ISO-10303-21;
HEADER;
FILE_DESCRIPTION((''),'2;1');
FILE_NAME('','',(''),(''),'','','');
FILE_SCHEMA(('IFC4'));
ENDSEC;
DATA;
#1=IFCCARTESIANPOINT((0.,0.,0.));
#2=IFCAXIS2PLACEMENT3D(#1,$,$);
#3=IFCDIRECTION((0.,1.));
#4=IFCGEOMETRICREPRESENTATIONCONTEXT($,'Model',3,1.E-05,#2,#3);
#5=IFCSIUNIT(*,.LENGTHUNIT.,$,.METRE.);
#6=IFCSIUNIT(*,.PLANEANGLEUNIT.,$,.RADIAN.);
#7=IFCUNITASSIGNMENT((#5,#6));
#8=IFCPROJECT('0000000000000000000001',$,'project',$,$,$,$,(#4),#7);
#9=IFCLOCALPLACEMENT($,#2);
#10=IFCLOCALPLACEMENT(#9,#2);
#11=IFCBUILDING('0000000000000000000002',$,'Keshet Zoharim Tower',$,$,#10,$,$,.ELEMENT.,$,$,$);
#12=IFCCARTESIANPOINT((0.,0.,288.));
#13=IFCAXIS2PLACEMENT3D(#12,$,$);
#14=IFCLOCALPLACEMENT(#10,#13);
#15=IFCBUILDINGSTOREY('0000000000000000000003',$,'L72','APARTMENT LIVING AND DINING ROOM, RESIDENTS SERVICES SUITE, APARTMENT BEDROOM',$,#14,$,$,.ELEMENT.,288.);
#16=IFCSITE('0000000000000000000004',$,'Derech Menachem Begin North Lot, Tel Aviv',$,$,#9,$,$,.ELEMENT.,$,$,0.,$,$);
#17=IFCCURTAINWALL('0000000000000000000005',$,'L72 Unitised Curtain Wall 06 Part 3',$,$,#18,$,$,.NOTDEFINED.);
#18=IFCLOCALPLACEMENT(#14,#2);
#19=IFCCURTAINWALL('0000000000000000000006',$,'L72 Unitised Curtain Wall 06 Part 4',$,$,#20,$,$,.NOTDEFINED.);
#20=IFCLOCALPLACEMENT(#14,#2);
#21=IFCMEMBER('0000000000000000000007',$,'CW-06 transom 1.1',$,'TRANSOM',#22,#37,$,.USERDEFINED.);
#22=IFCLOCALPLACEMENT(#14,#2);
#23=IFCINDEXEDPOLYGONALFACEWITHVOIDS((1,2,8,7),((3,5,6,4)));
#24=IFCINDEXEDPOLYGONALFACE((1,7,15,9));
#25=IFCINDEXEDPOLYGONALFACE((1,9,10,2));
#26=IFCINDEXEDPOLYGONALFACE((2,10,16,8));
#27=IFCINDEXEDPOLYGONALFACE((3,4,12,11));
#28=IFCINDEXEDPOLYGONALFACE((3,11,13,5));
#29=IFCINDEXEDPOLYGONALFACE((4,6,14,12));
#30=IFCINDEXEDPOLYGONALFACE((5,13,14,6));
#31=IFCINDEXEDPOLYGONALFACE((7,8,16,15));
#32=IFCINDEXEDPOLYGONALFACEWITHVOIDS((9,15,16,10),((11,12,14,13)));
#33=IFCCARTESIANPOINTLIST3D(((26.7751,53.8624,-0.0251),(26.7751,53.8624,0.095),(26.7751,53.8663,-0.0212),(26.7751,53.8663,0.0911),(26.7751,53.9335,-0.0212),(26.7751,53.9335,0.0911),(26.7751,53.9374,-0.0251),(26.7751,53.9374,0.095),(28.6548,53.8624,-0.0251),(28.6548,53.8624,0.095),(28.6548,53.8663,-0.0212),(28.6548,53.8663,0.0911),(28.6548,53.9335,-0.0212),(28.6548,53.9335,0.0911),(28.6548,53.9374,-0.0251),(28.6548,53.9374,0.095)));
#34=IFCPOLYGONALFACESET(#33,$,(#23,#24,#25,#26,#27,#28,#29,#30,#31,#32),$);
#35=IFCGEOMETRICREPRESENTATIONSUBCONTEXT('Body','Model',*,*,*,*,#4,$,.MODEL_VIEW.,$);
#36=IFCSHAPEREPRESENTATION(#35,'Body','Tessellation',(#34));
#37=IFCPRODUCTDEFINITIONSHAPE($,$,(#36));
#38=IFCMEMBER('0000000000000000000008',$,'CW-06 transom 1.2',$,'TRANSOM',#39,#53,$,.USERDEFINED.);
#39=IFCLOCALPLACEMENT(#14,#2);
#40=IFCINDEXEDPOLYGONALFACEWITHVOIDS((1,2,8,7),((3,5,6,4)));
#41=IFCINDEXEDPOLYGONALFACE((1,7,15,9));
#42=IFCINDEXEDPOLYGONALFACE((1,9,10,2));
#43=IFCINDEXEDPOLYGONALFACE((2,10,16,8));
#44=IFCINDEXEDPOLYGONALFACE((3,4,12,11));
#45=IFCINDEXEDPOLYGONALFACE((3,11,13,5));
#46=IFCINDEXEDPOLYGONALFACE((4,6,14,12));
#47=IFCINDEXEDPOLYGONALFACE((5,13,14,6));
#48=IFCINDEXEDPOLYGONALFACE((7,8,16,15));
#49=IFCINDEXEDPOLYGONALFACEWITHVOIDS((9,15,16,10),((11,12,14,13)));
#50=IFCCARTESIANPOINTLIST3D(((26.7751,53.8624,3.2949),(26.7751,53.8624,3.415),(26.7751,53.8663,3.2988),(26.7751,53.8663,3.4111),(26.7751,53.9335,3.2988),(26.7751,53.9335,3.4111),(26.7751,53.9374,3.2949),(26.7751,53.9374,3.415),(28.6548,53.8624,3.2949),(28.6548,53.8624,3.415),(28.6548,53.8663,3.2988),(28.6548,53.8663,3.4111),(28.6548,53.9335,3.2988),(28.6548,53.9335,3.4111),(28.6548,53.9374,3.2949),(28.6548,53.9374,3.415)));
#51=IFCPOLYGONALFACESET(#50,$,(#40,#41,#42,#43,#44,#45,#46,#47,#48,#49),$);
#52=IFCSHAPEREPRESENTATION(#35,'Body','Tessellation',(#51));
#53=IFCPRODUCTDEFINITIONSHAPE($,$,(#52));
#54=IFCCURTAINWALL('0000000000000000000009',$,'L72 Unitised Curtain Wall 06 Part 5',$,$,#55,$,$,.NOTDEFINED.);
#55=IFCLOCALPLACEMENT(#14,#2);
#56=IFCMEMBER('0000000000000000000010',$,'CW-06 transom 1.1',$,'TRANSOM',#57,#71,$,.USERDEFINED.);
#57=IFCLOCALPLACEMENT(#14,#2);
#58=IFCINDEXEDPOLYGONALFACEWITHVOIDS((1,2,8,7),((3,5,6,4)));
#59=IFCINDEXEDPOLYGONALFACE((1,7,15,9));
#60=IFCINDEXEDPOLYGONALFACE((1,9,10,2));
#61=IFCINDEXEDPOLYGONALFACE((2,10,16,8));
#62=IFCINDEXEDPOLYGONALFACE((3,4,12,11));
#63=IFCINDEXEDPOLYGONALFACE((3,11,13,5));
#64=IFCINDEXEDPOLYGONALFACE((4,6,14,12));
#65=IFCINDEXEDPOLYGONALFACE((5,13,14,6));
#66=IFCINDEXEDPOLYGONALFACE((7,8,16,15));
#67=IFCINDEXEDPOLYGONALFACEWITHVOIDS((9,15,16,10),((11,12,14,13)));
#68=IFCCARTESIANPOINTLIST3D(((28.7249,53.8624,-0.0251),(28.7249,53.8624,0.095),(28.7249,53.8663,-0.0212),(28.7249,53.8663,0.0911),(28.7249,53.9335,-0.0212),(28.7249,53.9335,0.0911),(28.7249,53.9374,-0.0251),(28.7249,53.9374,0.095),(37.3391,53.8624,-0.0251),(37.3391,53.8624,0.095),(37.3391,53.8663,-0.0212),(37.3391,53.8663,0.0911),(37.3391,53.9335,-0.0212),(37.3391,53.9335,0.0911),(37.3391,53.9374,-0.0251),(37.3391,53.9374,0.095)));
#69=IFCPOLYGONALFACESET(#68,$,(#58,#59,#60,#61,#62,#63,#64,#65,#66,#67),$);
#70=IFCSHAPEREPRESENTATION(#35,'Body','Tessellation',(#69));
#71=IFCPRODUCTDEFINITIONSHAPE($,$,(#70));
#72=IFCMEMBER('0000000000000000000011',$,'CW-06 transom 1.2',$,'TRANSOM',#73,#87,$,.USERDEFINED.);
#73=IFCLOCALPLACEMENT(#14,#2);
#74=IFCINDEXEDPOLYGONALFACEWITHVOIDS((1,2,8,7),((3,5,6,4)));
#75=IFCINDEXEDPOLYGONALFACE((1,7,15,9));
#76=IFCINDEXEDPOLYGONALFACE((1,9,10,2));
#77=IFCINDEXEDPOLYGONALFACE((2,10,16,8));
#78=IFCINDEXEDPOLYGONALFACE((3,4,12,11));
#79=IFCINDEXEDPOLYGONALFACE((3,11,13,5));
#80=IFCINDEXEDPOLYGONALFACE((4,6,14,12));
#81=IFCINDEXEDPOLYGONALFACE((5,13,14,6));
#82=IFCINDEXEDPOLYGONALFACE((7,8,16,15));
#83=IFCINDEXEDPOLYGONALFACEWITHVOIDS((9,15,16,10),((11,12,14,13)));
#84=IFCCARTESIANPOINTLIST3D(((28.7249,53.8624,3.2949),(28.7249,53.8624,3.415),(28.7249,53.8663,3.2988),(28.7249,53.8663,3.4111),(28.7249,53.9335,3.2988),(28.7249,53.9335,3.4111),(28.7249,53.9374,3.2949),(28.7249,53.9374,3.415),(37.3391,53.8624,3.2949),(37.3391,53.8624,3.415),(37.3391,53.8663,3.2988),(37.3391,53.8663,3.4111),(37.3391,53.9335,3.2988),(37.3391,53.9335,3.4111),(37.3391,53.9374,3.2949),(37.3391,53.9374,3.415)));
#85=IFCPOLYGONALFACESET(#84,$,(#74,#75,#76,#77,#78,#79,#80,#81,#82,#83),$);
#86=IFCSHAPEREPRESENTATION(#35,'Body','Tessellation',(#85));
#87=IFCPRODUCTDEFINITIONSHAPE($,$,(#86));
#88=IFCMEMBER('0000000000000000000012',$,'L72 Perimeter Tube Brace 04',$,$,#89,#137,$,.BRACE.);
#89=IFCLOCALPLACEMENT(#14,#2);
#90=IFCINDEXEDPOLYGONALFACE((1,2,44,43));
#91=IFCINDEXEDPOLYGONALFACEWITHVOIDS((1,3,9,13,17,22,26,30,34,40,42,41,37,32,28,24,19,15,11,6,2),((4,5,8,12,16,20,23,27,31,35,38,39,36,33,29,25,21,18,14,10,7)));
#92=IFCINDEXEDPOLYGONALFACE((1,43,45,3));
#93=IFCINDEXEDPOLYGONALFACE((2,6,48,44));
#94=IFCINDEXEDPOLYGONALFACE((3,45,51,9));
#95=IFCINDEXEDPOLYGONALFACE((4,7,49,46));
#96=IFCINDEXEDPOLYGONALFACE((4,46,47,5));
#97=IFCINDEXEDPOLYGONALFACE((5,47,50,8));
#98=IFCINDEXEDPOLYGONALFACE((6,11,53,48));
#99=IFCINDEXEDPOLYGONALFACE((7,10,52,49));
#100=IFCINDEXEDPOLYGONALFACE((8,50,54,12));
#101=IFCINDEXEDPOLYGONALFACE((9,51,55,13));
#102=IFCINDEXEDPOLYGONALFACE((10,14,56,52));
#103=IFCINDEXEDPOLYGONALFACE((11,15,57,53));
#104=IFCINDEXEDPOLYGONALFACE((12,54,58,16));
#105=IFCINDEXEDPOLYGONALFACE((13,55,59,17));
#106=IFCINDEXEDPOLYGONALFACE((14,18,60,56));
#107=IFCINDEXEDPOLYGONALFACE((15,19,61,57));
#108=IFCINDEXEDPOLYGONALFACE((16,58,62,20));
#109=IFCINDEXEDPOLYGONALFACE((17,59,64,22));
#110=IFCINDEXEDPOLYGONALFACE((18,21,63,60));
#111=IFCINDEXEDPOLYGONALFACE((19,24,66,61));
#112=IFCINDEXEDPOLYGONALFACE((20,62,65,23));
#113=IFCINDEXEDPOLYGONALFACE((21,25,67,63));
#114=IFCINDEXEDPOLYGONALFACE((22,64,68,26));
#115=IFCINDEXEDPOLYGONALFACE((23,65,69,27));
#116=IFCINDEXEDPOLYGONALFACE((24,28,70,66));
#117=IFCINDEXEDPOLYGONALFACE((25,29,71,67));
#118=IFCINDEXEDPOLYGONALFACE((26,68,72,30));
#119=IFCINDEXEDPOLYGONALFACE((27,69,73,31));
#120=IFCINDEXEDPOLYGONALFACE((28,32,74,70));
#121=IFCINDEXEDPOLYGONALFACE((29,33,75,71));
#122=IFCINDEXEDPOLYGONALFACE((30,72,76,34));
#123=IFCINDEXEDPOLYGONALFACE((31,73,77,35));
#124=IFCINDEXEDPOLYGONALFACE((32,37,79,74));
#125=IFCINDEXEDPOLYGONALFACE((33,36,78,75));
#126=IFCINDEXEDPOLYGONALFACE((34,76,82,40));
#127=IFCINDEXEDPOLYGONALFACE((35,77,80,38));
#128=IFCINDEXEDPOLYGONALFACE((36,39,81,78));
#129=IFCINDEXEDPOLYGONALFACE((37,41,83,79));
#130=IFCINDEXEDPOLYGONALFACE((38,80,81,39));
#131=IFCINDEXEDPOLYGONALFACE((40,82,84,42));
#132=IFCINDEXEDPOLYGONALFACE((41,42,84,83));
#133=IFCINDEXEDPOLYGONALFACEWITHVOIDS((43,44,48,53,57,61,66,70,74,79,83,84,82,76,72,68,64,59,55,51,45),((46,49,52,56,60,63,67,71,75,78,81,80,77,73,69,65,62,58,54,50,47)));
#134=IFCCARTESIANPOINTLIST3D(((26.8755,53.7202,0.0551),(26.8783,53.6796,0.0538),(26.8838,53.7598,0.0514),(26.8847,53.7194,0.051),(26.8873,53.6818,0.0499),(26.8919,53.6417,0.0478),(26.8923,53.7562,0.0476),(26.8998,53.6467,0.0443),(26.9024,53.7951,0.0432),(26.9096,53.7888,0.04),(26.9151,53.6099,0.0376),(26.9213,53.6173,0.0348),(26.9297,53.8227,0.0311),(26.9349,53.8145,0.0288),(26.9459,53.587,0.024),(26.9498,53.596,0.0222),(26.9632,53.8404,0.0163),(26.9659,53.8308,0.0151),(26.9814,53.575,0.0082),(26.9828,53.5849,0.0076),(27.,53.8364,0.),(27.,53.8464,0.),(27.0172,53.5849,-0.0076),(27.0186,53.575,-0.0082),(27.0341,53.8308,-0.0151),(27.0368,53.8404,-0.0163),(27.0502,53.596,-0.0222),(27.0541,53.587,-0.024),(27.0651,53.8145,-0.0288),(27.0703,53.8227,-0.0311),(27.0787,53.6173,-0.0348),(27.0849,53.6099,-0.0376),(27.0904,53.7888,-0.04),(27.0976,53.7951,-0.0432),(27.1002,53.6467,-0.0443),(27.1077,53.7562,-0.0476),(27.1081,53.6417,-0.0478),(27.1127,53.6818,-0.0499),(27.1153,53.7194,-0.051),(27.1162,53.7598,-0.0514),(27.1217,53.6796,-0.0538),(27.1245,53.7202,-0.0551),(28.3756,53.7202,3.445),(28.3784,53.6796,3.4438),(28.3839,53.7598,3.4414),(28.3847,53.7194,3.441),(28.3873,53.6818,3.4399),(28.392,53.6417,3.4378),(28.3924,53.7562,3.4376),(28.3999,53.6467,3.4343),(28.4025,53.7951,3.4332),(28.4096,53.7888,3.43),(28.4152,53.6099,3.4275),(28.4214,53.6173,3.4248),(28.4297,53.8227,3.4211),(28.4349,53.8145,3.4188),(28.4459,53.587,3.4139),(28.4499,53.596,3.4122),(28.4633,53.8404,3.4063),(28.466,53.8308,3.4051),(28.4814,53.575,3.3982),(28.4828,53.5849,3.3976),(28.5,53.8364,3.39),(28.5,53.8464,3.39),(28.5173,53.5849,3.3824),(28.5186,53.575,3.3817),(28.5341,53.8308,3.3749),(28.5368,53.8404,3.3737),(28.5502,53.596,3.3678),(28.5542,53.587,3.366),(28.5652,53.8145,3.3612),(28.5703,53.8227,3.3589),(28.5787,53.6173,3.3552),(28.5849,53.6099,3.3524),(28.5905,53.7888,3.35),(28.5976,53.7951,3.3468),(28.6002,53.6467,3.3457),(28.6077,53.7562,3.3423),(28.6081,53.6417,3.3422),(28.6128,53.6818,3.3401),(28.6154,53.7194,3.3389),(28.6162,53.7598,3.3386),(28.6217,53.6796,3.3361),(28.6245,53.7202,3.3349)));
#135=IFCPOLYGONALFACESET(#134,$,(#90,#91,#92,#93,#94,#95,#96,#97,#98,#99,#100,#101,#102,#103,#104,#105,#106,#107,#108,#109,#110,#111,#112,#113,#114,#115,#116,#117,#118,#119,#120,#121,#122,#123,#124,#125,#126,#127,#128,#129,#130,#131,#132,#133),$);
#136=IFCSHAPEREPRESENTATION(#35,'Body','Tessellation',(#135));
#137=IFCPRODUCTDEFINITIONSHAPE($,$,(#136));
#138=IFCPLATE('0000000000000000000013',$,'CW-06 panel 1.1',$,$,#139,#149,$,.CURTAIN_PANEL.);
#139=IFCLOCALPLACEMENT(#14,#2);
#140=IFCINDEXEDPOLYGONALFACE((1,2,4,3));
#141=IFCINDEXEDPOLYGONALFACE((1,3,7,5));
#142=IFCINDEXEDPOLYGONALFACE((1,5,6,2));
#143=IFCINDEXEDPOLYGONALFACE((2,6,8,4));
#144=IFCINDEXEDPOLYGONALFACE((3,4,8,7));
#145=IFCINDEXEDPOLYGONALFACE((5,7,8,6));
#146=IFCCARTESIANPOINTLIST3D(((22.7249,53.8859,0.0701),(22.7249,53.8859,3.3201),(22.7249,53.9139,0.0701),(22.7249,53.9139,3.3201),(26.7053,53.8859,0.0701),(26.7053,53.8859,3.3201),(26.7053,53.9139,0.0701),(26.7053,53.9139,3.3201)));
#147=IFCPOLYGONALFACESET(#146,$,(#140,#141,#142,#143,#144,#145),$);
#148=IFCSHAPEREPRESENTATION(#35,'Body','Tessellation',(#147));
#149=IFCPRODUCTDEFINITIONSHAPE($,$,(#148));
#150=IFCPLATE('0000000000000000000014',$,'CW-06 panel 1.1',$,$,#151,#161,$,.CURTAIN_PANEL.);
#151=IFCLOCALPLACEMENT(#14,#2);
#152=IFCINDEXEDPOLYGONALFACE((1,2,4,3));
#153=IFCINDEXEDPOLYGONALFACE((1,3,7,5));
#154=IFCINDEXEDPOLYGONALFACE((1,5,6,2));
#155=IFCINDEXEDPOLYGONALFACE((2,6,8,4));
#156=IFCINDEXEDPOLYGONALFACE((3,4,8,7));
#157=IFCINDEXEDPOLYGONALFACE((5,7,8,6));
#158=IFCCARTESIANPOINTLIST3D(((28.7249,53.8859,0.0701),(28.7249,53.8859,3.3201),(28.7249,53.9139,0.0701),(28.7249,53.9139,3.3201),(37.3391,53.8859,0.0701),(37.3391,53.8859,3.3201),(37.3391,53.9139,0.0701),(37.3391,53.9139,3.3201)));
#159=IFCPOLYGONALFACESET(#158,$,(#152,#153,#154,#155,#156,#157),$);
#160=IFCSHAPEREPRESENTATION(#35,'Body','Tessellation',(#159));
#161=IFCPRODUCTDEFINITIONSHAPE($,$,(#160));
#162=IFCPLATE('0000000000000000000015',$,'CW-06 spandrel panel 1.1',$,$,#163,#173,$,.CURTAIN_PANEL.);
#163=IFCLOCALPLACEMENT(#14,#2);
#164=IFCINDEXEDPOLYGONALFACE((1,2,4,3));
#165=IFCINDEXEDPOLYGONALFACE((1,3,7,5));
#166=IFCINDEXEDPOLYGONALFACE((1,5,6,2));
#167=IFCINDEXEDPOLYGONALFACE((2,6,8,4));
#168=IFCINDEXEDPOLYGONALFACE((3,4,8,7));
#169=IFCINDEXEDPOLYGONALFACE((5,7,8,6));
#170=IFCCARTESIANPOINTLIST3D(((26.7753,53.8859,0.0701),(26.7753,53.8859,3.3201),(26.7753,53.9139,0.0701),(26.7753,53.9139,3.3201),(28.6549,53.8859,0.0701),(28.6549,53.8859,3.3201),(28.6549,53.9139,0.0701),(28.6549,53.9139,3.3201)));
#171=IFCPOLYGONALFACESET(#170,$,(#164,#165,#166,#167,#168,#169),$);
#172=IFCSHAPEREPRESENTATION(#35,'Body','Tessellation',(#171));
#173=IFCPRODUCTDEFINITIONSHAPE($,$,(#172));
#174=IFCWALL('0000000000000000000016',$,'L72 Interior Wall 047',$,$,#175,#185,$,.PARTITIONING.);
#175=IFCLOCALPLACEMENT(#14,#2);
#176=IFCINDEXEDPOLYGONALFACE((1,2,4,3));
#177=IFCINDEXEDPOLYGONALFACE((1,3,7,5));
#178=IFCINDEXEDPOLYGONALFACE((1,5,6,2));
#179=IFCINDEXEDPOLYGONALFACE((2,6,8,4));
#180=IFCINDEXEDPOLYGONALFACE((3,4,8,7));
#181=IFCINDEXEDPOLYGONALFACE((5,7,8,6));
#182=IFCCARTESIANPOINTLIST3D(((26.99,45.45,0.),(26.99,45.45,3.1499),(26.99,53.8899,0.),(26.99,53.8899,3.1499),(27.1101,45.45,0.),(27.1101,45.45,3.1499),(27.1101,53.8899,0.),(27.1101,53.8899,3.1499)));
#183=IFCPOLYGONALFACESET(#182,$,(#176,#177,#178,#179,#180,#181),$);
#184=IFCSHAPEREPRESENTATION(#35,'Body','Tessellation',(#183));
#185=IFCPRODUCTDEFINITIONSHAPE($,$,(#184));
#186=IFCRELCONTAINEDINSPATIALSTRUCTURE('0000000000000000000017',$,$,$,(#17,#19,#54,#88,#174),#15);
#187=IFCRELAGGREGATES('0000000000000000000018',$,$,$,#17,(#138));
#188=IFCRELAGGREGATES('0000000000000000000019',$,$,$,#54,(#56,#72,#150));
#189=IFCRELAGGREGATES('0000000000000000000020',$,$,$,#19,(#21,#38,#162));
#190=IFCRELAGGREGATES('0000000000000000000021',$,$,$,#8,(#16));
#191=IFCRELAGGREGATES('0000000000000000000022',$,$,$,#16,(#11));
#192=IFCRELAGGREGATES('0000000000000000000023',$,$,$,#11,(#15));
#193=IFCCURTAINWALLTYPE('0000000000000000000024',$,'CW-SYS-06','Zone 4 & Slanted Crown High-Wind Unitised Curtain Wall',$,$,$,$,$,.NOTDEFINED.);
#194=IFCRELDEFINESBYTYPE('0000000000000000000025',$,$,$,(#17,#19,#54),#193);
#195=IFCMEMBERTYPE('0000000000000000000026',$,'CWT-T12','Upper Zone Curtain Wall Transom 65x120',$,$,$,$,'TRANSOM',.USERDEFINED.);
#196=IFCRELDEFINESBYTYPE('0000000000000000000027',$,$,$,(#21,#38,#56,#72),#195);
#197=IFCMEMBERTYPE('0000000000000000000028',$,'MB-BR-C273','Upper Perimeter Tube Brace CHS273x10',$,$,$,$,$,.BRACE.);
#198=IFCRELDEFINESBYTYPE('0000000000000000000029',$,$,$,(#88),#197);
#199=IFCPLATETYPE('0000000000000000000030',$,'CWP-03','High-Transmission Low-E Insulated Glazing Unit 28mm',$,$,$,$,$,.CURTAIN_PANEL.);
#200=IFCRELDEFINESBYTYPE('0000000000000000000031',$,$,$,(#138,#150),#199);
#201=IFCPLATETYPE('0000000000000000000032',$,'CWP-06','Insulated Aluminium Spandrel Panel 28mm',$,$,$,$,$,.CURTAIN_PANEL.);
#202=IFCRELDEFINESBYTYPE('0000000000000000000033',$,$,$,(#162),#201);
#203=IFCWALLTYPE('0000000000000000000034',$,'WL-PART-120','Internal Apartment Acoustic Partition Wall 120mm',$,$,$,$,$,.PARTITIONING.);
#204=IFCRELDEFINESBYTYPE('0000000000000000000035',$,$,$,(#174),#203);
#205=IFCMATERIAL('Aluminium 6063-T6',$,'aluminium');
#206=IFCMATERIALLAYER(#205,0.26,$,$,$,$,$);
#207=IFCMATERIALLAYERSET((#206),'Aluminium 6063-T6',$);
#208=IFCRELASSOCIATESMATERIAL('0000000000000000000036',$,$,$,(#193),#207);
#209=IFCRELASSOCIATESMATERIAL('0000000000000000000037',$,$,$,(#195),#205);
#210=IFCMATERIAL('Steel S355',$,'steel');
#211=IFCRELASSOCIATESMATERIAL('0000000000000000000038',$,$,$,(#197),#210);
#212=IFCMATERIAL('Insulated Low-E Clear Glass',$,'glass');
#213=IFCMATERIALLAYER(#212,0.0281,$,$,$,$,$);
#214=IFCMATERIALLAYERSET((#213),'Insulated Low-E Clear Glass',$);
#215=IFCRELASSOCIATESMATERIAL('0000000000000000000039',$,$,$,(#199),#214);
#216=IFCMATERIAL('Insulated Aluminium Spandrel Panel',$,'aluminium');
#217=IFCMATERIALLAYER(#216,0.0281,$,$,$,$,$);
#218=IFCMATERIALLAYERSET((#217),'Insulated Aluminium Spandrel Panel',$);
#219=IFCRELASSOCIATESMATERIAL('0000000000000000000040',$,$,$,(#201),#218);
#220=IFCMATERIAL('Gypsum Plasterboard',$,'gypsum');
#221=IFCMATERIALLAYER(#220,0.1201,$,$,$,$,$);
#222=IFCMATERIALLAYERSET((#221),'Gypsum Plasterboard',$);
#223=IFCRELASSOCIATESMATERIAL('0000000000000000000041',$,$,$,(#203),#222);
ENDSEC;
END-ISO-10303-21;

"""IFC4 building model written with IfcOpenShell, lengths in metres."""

from ifc_helpers import new_model, si_unit, direction, frame, frame_2d, origin, origin_2d, place, context, subcontext, project, spatial, rectangle, hollow_rectangle, hollow_circle, extrude, material, layer, layer_set, material_profile, profile_set, type_object, element, aggregate, save


model = new_model("IFC4")

# Units and contexts
model_context = context("Model", 3, precision=1e-05, world=origin(), true_north=direction((0.0, 1.0)))
body_context = subcontext(model_context, "Body", "Model", "MODEL_VIEW")
ifc_project = project(units=[si_unit("LENGTHUNIT", "METRE"), si_unit("PLANEANGLEUNIT", "RADIAN")], contexts=[model_context])

# Site, building, storey
site_placement = place(None, origin())
site = spatial("IfcSite", under=ifc_project, at=site_placement, Name="Derech Menachem Begin North Lot, Tel Aviv", CompositionType="ELEMENT", RefElevation=0.0)
building_placement = place(site_placement, origin())
building = spatial("IfcBuilding", under=site, at=building_placement, Name="Keshet Zoharim Tower", CompositionType="ELEMENT")
storey_placement = place(building_placement, frame((0.0, 0.0, 288.0)))
storey = spatial("IfcBuildingStorey", under=building, at=storey_placement, Name="L72", Description="APARTMENT LIVING AND DINING ROOM, RESIDENTS SERVICES SUITE, APARTMENT BEDROOM", CompositionType="ELEMENT", Elevation=288.0)

# Shared definitions
ifc_material_1 = material(Name="Steel S355", Category="steel")

# Curtain wall
ifc_material_2 = material(Name="Aluminium 6063-T6", Category="aluminium")
ifc_layer_1 = layer(ifc_material_2, 0.26)
ifc_layer_set_1 = layer_set([ifc_layer_1], Name="Aluminium 6063-T6")
curtain_wall_type = type_object("IfcCurtainWallType", Name="CW-SYS-06", Description="Zone 4 & Slanted Crown High-Wind Unitised Curtain Wall", PredefinedType="NOTDEFINED", material=ifc_layer_set_1)
curtain_wall_1_placement = place(storey_placement, origin())
curtain_wall_1 = element("IfcCurtainWall", 1, at=curtain_wall_1_placement, inside=storey, type_object=curtain_wall_type, Name="L72 Unitised Curtain Wall 06 Part 3", PredefinedType="NOTDEFINED")

# Curtain walls, members
curtain_wall_2_placement = place(storey_placement, origin())
curtain_wall_2 = element("IfcCurtainWall", 2, at=curtain_wall_2_placement, inside=storey, type_object=curtain_wall_type, Name="L72 Unitised Curtain Wall 06 Part 4", PredefinedType="NOTDEFINED")
ifc_material_profile_1 = material_profile(ifc_material_2, hollow_rectangle(XDim=0.075, YDim=0.1201, WallThickness=0.0039, at=origin_2d()), Name="TRN-75x120")
ifc_profile_set_1 = profile_set([ifc_material_profile_1], Name="Aluminium 6063-T6")
member_type_1 = type_object("IfcMemberType", Name="CWT-T12", Description="Upper Zone Curtain Wall Transom 65x120", ElementType="TRANSOM", PredefinedType="USERDEFINED", material=ifc_profile_set_1)
member_1_placement = place(storey_placement, frame((26.7751, 53.8999, 0.0349), z_axis=(1.0, 0.0, 0.0), x_axis=(0.0, 1.0, 0.0)))
member_1 = element("IfcMember", 3, at=member_1_placement, type_object=member_type_1, Name="CW-06 transom 1.1", ObjectType="TRANSOM", PredefinedType="USERDEFINED", context=body_context, shape_type="SweptSolid", body=[
    extrude(hollow_rectangle(XDim=0.075, YDim=0.1201, WallThickness=0.0039, at=origin_2d()), origin(), (0.0, 0.0, 1.0), 1.8796),
])
member_2_placement = place(storey_placement, frame((26.7751, 53.8999, 3.355), z_axis=(1.0, 0.0, 0.0), x_axis=(0.0, 1.0, 0.0)))
member_2 = element("IfcMember", 4, at=member_2_placement, type_object=member_type_1, Name="CW-06 transom 1.2", ObjectType="TRANSOM", PredefinedType="USERDEFINED", context=body_context, shape_type="SweptSolid", body=[
    extrude(hollow_rectangle(XDim=0.075, YDim=0.1201, WallThickness=0.0039, at=origin_2d()), origin(), (0.0, 0.0, 1.0), 1.8796),
])
curtain_wall_3_placement = place(storey_placement, origin())
curtain_wall_3 = element("IfcCurtainWall", 5, at=curtain_wall_3_placement, inside=storey, type_object=curtain_wall_type, Name="L72 Unitised Curtain Wall 06 Part 5", PredefinedType="NOTDEFINED")
member_3_placement = place(storey_placement, frame((28.7249, 53.8999, 0.0349), z_axis=(1.0, 0.0, 0.0), x_axis=(0.0, 1.0, 0.0)))
member_3 = element("IfcMember", 6, at=member_3_placement, type_object=member_type_1, Name="CW-06 transom 1.1", ObjectType="TRANSOM", PredefinedType="USERDEFINED", context=body_context, shape_type="SweptSolid", body=[
    extrude(hollow_rectangle(XDim=0.075, YDim=0.1201, WallThickness=0.0039, at=origin_2d()), origin(), (0.0, 0.0, 1.0), 8.6143),
])
member_4_placement = place(storey_placement, frame((28.7249, 53.8999, 3.355), z_axis=(1.0, 0.0, 0.0), x_axis=(0.0, 1.0, 0.0)))
member_4 = element("IfcMember", 7, at=member_4_placement, type_object=member_type_1, Name="CW-06 transom 1.2", ObjectType="TRANSOM", PredefinedType="USERDEFINED", context=body_context, shape_type="SweptSolid", body=[
    extrude(hollow_rectangle(XDim=0.075, YDim=0.1201, WallThickness=0.0039, at=origin_2d()), origin(), (0.0, 0.0, 1.0), 8.6143),
])

# Member
ifc_material_profile_2 = material_profile(ifc_material_1, hollow_circle(Radius=0.1365, WallThickness=0.01, at=origin_2d()), Name="CHS273x10")
ifc_profile_set_2 = profile_set([ifc_material_profile_2], Name="Steel S355")
member_type_2 = type_object("IfcMemberType", Name="MB-BR-C273", Description="Upper Perimeter Tube Brace CHS273x10", PredefinedType="BRACE", material=ifc_profile_set_2)
member_5_placement = place(storey_placement, frame((27.0, 53.71, 0.0), z_axis=(0.404647, 0.0, 0.914473), x_axis=(0.0, 1.0, 0.0)))
element("IfcMember", 8, at=member_5_placement, inside=storey, type_object=member_type_2, Name="L72 Perimeter Tube Brace 04", PredefinedType="BRACE", context=body_context, shape_type="SweptSolid", body=[
    extrude(hollow_circle(Radius=0.1365, WallThickness=0.01, at=origin_2d()), origin(), (0.0, 0.0, 1.0), 3.707),
])

# Plates
ifc_material_3 = material(Name="Insulated Low-E Clear Glass", Category="glass")
ifc_layer_2 = layer(ifc_material_3, 0.0281)
ifc_layer_set_2 = layer_set([ifc_layer_2], Name="Insulated Low-E Clear Glass")
plate_type_1 = type_object("IfcPlateType", Name="CWP-03", Description="High-Transmission Low-E Insulated Glazing Unit 28mm", PredefinedType="CURTAIN_PANEL", material=ifc_layer_set_2)
plate_1_placement = place(storey_placement, frame((24.7151, 53.8999, 0.0701), z_axis=(0.0, 0.0, 1.0), x_axis=(1.0, 0.0, 0.0)))
plate_1 = element("IfcPlate", 9, at=plate_1_placement, type_object=plate_type_1, Name="CW-06 panel 1.1", PredefinedType="CURTAIN_PANEL", context=body_context, shape_type="SweptSolid", body=[
    extrude(rectangle(XDim=3.9805, YDim=0.0281, at=origin_2d()), origin(), (0.0, 0.0, 1.0), 3.25),
])
aggregate(curtain_wall_1, [plate_1])
plate_2_placement = place(storey_placement, frame((33.032, 53.8999, 0.0701), z_axis=(0.0, 0.0, 1.0), x_axis=(1.0, 0.0, 0.0)))
plate_2 = element("IfcPlate", 10, at=plate_2_placement, type_object=plate_type_1, Name="CW-06 panel 1.1", PredefinedType="CURTAIN_PANEL", context=body_context, shape_type="SweptSolid", body=[
    extrude(rectangle(XDim=8.6143, YDim=0.0281, at=origin_2d()), origin(), (0.0, 0.0, 1.0), 3.25),
])
aggregate(curtain_wall_3, [member_3, member_4, plate_2])
ifc_material_4 = material(Name="Insulated Aluminium Spandrel Panel", Category="aluminium")
ifc_layer_3 = layer(ifc_material_4, 0.0281)
ifc_layer_set_3 = layer_set([ifc_layer_3], Name="Insulated Aluminium Spandrel Panel")
plate_type_2 = type_object("IfcPlateType", Name="CWP-06", Description="Insulated Aluminium Spandrel Panel 28mm", PredefinedType="CURTAIN_PANEL", material=ifc_layer_set_3)
plate_3_placement = place(storey_placement, frame((27.7151, 53.8999, 0.0701), z_axis=(0.0, 0.0, 1.0), x_axis=(1.0, 0.0, 0.0)))
plate_3 = element("IfcPlate", 11, at=plate_3_placement, type_object=plate_type_2, Name="CW-06 spandrel panel 1.1", PredefinedType="CURTAIN_PANEL", context=body_context, shape_type="SweptSolid", body=[
    extrude(rectangle(XDim=1.8796, YDim=0.0281, at=origin_2d()), origin(), (0.0, 0.0, 1.0), 3.25),
])
aggregate(curtain_wall_2, [member_1, member_2, plate_3])

# Wall
ifc_material_5 = material(Name="Gypsum Plasterboard", Category="gypsum")
ifc_layer_4 = layer(ifc_material_5, 0.1201)
ifc_layer_set_4 = layer_set([ifc_layer_4], Name="Gypsum Plasterboard")
wall_type_1 = type_object("IfcWallType", Name="WL-PART-120", Description="Internal Apartment Acoustic Partition Wall 120mm", PredefinedType="PARTITIONING", material=ifc_layer_set_4)
wall_1_placement = place(storey_placement, frame((27.05, 45.45, 0.0), z_axis=(0.0, 0.0, 1.0), x_axis=(0.0, 1.0, 0.0)))
element("IfcWall", 12, at=wall_1_placement, inside=storey, type_object=wall_type_1, Name="L72 Interior Wall 047", PredefinedType="PARTITIONING", context=body_context, shape_type="SweptSolid", body=[
    extrude(rectangle(XDim=8.4399, YDim=0.1201, at=frame_2d((4.22, 0.0))), origin(), (0.0, 0.0, 1.0), 3.1499),
])

save(model, "model.ifc")
